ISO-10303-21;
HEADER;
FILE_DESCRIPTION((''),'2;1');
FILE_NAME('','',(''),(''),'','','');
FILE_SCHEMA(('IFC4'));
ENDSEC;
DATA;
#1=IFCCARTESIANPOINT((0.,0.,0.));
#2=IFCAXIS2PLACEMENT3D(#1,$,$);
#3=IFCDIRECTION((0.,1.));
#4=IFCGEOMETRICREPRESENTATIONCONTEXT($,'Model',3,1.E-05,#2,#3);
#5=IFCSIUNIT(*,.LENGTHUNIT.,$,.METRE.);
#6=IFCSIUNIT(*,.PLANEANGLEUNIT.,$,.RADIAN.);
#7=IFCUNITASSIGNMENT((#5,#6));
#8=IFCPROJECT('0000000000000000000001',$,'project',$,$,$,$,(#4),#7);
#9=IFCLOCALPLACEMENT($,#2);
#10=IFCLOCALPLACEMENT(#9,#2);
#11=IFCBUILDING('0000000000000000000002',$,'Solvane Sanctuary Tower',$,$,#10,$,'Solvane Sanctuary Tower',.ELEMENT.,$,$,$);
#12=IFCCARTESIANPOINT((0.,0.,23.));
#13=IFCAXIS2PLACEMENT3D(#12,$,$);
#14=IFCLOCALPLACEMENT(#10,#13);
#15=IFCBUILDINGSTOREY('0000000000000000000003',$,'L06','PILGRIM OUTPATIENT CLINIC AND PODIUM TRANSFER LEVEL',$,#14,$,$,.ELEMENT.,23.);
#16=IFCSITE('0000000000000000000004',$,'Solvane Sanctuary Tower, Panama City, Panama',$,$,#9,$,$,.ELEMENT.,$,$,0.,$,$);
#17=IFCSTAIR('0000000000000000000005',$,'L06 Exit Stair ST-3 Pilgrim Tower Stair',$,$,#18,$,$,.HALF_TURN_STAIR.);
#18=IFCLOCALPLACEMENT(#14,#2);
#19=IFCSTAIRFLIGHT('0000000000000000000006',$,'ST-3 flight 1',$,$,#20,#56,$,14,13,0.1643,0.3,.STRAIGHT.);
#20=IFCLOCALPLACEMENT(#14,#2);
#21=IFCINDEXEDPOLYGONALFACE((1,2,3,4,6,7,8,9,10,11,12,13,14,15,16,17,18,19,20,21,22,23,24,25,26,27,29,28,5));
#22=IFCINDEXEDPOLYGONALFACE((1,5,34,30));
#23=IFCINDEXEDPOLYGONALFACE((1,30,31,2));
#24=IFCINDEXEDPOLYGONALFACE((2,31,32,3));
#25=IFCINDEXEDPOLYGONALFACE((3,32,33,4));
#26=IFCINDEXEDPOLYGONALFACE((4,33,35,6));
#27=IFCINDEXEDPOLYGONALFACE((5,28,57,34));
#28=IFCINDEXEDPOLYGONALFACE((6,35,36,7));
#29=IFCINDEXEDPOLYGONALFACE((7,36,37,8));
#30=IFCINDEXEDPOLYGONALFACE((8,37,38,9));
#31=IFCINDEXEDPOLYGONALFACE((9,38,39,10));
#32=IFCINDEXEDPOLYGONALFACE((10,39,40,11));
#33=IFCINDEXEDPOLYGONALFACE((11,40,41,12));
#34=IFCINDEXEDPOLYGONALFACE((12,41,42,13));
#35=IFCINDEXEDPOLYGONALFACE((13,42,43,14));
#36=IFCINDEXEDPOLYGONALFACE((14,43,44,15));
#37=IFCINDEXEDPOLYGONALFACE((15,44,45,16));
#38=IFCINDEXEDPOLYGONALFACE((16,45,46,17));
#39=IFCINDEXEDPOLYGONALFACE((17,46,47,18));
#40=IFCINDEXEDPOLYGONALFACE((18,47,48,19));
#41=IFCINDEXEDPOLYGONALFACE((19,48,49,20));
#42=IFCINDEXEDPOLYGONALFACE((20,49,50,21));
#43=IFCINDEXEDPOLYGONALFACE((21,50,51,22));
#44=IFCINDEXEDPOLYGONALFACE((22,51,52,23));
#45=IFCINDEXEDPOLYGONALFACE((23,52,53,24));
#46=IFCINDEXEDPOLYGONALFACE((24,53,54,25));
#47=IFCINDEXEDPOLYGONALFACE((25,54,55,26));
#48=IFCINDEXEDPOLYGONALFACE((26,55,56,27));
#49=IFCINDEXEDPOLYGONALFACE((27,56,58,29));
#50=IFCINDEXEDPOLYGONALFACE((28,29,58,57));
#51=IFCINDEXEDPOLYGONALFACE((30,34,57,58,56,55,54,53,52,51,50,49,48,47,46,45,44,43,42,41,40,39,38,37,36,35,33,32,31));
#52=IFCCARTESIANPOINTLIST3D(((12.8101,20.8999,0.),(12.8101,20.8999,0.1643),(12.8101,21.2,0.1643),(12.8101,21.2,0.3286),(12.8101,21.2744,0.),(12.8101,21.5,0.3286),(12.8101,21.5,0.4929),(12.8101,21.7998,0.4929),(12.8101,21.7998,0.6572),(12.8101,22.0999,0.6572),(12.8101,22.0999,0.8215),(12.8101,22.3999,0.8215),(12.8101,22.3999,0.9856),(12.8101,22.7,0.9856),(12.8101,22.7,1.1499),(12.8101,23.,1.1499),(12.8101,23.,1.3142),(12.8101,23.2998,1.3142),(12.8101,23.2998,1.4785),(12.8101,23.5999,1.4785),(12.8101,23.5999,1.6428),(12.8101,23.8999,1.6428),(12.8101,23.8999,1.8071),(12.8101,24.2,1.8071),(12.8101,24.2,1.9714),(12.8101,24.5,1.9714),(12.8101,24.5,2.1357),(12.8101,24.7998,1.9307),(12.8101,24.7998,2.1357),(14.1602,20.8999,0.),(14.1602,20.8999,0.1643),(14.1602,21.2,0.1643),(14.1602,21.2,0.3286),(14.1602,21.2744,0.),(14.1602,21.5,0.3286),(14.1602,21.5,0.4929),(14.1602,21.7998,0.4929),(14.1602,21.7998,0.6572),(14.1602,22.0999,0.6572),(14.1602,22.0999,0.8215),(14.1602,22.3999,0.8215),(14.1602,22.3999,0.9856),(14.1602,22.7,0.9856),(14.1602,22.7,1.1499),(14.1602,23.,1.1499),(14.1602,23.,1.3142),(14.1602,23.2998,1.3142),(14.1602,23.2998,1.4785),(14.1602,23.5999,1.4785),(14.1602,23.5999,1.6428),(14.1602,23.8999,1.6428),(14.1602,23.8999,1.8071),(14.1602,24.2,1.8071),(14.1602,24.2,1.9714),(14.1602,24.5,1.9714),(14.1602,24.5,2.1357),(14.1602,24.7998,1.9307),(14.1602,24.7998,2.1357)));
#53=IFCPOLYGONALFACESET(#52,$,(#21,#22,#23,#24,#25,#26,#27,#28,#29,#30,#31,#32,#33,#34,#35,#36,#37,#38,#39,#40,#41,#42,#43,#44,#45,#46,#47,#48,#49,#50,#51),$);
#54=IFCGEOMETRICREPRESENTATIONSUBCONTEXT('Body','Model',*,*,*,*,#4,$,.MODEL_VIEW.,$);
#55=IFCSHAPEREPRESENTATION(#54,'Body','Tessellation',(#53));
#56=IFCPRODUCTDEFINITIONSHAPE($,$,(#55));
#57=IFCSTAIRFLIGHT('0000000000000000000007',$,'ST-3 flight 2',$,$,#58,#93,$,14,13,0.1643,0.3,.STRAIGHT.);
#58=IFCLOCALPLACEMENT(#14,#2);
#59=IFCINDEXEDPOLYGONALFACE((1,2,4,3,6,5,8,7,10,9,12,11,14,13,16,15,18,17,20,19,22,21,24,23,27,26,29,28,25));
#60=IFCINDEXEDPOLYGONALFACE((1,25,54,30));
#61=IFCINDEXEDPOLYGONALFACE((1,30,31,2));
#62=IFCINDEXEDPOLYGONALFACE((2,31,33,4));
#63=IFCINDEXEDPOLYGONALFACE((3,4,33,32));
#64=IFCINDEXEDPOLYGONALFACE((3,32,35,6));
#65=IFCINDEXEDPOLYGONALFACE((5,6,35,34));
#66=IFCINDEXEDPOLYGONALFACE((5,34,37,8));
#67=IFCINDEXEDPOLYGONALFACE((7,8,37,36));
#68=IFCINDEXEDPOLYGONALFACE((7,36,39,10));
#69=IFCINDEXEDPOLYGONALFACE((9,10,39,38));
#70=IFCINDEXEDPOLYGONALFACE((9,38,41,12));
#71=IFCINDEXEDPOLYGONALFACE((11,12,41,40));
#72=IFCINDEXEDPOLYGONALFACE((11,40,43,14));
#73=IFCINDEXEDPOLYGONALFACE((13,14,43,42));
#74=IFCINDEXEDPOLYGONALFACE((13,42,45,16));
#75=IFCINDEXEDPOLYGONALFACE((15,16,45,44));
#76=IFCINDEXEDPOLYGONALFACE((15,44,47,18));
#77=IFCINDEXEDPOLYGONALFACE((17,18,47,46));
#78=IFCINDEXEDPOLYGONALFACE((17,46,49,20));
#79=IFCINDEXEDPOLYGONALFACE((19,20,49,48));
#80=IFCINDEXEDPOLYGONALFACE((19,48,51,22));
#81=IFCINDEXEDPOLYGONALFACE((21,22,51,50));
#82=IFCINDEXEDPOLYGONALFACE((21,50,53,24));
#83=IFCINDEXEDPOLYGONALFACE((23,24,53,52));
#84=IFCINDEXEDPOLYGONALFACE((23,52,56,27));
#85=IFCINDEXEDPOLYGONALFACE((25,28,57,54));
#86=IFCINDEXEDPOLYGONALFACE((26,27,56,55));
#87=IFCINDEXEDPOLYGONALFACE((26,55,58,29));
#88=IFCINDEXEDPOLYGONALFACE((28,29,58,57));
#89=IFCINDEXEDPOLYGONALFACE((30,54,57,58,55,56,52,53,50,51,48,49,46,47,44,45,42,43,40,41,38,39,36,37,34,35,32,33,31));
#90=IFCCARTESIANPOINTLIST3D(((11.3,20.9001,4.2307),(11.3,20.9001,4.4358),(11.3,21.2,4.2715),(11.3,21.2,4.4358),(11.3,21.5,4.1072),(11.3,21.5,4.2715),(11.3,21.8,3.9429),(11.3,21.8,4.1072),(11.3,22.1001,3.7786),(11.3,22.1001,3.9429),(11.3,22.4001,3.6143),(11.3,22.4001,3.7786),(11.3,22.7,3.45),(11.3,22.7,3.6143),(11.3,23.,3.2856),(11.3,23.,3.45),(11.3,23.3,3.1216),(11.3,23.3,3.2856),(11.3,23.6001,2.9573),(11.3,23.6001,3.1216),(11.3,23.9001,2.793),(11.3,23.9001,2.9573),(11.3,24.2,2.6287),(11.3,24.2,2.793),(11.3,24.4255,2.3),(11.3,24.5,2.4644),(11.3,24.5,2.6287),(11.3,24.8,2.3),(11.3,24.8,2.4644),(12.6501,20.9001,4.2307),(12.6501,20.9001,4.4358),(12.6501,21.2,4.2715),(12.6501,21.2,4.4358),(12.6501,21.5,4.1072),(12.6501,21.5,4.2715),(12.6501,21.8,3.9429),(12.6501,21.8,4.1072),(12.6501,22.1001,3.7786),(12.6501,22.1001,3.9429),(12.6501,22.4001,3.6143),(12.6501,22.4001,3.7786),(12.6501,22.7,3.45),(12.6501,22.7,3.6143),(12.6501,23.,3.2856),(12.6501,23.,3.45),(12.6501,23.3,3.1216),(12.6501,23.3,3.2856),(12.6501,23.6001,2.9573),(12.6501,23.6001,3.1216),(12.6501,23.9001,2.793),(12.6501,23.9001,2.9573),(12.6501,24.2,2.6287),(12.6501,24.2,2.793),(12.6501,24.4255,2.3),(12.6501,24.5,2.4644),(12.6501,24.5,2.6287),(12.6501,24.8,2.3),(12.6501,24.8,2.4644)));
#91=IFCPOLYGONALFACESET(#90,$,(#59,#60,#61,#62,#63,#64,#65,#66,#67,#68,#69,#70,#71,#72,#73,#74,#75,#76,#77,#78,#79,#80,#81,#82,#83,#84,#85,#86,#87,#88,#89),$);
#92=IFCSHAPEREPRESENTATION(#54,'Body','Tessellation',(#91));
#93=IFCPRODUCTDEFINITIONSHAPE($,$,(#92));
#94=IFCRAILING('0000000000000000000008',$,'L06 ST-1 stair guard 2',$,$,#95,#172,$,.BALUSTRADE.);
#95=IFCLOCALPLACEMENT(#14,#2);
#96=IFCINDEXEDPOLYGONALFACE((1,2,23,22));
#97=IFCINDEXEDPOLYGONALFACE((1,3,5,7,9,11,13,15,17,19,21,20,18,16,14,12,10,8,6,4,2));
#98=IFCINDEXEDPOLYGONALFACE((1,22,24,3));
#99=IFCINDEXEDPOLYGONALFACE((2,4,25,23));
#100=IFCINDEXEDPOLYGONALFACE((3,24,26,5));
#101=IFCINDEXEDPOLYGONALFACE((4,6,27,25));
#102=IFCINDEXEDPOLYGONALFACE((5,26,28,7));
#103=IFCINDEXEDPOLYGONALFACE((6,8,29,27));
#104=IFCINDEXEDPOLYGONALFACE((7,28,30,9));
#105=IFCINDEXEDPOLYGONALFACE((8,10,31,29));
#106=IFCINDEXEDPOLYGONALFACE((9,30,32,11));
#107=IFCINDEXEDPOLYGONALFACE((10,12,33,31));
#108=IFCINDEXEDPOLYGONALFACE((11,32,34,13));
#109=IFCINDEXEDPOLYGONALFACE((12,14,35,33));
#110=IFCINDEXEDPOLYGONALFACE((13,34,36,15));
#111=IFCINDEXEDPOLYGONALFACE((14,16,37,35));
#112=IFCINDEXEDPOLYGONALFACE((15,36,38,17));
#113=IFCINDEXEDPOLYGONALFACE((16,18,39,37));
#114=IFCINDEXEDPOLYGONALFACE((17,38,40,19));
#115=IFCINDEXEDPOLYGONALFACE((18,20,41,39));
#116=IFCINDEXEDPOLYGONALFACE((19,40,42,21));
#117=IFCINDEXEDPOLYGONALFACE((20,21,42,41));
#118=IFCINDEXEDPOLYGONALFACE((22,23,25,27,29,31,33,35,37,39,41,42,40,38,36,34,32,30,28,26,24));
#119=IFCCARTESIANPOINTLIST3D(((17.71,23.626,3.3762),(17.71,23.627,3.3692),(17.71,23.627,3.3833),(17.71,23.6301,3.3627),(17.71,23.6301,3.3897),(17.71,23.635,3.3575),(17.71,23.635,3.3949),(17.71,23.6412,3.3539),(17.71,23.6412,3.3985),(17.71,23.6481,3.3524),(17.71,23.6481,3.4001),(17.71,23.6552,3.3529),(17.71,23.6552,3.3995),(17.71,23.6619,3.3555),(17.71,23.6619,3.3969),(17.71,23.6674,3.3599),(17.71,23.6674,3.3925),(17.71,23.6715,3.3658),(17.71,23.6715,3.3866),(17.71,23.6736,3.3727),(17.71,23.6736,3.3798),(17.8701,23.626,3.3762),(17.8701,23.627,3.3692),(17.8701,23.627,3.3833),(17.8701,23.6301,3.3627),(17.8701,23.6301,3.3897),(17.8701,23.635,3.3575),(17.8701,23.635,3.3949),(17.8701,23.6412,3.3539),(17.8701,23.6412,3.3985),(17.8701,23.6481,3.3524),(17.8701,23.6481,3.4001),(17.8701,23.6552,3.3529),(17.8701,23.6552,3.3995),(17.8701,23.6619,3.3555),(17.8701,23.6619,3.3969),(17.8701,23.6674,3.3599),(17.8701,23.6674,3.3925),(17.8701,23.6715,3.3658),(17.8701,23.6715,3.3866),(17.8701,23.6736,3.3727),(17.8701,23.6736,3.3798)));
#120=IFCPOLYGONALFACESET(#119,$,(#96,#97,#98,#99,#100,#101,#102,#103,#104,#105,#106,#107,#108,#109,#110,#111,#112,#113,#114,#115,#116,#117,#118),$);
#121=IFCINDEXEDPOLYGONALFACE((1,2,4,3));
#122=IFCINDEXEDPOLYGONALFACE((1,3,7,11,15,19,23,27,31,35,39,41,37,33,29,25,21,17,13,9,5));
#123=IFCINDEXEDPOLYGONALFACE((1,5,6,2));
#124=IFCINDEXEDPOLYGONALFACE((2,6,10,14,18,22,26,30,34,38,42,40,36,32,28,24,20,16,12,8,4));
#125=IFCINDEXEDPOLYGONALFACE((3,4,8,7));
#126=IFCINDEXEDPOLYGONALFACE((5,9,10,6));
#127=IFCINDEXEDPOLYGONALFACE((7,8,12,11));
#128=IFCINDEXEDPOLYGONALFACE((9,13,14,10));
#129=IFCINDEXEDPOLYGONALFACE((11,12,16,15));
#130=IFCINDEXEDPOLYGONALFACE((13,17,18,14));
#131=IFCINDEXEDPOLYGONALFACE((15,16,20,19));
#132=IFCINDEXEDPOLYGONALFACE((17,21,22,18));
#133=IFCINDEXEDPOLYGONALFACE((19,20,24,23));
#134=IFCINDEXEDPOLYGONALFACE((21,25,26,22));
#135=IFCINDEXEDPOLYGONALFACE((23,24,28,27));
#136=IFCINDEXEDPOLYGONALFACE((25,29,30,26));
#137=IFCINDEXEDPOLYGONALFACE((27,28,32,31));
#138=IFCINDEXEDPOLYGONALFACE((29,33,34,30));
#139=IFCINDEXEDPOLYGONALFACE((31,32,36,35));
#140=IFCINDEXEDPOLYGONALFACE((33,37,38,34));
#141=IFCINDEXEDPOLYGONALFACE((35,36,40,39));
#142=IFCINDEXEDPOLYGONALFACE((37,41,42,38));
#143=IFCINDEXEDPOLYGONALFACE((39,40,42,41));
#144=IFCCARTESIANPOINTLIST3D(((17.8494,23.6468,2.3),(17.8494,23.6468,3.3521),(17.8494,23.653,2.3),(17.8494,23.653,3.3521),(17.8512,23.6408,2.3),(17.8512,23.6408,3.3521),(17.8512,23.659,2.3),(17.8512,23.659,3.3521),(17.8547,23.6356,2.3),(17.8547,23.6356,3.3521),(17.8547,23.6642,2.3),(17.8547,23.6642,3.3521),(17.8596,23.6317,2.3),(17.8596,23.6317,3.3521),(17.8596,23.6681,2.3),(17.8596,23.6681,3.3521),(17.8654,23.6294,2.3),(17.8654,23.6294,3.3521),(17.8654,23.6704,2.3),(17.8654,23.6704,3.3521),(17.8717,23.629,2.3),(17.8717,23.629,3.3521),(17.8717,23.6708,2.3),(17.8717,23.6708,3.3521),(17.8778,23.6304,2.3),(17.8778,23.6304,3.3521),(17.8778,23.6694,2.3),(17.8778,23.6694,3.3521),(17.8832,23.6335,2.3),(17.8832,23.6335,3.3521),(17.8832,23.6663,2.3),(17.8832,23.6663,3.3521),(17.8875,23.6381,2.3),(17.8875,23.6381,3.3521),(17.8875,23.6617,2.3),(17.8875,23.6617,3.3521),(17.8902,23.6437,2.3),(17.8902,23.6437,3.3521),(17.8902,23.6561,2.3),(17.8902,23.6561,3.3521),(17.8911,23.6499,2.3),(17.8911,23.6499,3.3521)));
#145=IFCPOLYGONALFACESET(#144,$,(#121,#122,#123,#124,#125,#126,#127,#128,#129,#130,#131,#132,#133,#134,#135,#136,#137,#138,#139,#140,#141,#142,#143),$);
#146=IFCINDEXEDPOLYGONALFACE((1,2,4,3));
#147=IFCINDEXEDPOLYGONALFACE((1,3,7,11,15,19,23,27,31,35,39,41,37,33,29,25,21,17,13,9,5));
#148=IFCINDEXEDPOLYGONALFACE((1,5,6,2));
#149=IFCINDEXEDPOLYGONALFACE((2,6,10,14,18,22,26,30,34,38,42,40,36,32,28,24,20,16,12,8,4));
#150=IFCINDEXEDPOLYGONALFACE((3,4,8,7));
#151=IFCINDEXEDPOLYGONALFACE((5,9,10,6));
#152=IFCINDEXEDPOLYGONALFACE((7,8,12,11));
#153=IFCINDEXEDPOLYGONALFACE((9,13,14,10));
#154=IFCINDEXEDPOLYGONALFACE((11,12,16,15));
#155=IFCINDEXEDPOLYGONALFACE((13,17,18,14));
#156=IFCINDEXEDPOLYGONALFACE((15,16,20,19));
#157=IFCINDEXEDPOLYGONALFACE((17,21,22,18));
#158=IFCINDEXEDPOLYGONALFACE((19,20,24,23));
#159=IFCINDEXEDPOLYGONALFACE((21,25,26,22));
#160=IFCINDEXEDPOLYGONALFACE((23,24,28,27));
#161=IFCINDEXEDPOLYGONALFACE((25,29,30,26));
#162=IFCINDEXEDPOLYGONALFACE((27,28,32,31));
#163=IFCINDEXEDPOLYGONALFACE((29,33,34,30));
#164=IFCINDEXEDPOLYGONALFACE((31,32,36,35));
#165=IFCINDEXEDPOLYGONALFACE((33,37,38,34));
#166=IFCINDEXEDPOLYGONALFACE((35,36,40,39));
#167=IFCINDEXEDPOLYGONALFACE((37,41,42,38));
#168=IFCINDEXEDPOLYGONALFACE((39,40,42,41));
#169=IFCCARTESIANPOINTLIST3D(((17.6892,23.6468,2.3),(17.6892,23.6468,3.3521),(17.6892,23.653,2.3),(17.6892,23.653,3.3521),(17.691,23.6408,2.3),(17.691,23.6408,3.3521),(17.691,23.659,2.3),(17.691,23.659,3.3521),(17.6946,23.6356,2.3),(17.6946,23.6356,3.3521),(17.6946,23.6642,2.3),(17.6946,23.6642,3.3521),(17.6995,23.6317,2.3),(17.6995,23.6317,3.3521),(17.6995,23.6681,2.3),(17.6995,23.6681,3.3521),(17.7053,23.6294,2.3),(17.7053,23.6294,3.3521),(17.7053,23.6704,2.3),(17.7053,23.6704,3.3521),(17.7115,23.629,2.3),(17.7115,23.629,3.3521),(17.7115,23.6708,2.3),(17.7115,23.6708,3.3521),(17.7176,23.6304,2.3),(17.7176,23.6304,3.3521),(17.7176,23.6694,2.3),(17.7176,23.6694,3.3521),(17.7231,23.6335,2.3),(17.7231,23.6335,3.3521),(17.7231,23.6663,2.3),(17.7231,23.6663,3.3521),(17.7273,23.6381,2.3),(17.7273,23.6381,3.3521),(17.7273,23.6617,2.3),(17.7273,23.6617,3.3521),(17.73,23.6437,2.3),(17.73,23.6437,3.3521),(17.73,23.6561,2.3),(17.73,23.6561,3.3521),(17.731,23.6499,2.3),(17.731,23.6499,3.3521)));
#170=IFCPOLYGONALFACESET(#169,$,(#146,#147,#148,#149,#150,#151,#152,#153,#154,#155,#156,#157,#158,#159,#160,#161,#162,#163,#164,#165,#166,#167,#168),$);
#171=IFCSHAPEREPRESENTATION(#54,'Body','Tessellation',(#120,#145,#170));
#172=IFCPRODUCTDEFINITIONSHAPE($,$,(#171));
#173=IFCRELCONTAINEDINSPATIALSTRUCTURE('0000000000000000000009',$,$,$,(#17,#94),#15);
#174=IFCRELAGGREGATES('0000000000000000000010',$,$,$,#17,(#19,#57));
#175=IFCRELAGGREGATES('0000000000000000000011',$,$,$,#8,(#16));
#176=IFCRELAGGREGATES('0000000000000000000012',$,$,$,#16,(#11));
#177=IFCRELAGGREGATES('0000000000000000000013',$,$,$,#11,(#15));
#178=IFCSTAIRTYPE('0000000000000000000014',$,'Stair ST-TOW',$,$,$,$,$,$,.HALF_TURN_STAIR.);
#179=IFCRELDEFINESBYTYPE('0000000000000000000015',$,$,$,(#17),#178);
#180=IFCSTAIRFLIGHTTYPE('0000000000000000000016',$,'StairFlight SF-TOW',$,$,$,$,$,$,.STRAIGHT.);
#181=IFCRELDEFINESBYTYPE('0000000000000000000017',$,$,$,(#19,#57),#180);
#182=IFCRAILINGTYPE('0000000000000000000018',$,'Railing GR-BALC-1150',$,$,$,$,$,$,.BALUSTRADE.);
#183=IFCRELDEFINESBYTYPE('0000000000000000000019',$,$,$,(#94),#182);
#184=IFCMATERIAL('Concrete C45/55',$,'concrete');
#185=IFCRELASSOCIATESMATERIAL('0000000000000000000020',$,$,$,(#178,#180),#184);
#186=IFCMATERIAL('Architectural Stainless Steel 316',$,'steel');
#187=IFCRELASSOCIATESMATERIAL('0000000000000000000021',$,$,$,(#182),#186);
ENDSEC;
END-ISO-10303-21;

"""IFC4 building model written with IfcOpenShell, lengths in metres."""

from ifc_helpers import new_model, si_unit, direction, frame, origin, origin_2d, place, context, subcontext, project, spatial, polyline, circle, outline, extrude, material, type_object, element, aggregate, save


model = new_model("IFC4")

# Units and contexts
model_context = context("Model", 3, precision=1e-05, world=origin(), true_north=direction((0.0, 1.0)))
body_context = subcontext(model_context, "Body", "Model", "MODEL_VIEW")
ifc_project = project(units=[si_unit("LENGTHUNIT", "METRE"), si_unit("PLANEANGLEUNIT", "RADIAN")], contexts=[model_context])

# Site, building, storey
site_placement = place(None, origin())
site = spatial("IfcSite", under=ifc_project, at=site_placement, Name="Solvane Sanctuary Tower, Panama City, Panama", CompositionType="ELEMENT", RefElevation=0.0)
building_placement = place(site_placement, origin())
building = spatial("IfcBuilding", under=site, at=building_placement, Name="Solvane Sanctuary Tower", LongName="Solvane Sanctuary Tower", CompositionType="ELEMENT")
storey_placement = place(building_placement, frame((0.0, 0.0, 23.0)))
storey = spatial("IfcBuildingStorey", under=building, at=storey_placement, Name="L06", Description="PILGRIM OUTPATIENT CLINIC AND PODIUM TRANSFER LEVEL", CompositionType="ELEMENT", Elevation=23.0)

# Shared definitions
ifc_material_1 = material(Name="Concrete C45/55", Category="concrete")
stair_type = type_object("IfcStairType", Name="Stair ST-TOW", PredefinedType="HALF_TURN_STAIR", material=ifc_material_1)
stair_flight_type = type_object("IfcStairFlightType", Name="StairFlight SF-TOW", PredefinedType="STRAIGHT", material=ifc_material_1)

# Stair, stair flights
stair_1_placement = place(storey_placement, origin())
stair_1 = element("IfcStair", 1, at=stair_1_placement, inside=storey, type_object=stair_type, Name="L06 Exit Stair ST-3 Pilgrim Tower Stair", PredefinedType="HALF_TURN_STAIR")
stair_flight_1_placement = place(storey_placement, frame((13.4851, 20.8999, 0.0), z_axis=(0.0, 0.0, 1.0), x_axis=(0.0, 1.0, 0.0)))
stair_flight_1 = element("IfcStairFlight", 2, at=stair_flight_1_placement, type_object=stair_flight_type, Name="ST-3 flight 1", NumberOfRisers=14, NumberOfTreads=13, PredefinedType="STRAIGHT", RiserHeight=0.1643, TreadLength=0.3, context=body_context, shape_type="SweptSolid", body=[
    extrude(outline(polyline([(0.0, 0.0), (0.0, 0.1643), (0.3, 0.1643), (0.3, 0.3286), (0.6001, 0.3286), (0.6001, 0.4929), (0.8999, 0.4929), (0.8999, 0.6572), (1.2, 0.6572), (1.2, 0.8215), (1.5, 0.8215), (1.5, 0.9856), (1.8, 0.9856), (1.8, 1.1499), (2.1001, 1.1499), (2.1001, 1.3142), (2.3999, 1.3142), (2.3999, 1.4785), (2.7, 1.4785), (2.7, 1.6428), (3.0, 1.6428), (3.0, 1.8071), (3.3, 1.8071), (3.3, 1.9714), (3.6001, 1.9714), (3.6001, 2.1357), (3.8999, 2.1357), (3.8999, 2.3), (3.8999, 1.9307), (0.3745, 0.0), (0.0, 0.0)])), frame((0.0, 0.675, 0.0), z_axis=(0.0, -1.0, 0.0), x_axis=(1.0, 0.0, 0.0)), (0.0, 0.0, 1.0), 1.3501),
])
stair_flight_2_placement = place(storey_placement, frame((11.9751, 24.8, 2.3), z_axis=(0.0, 0.0, 1.0), x_axis=(0.0, -1.0, 0.0)))
stair_flight_2 = element("IfcStairFlight", 3, at=stair_flight_2_placement, type_object=stair_flight_type, Name="ST-3 flight 2", NumberOfRisers=14, NumberOfTreads=13, PredefinedType="STRAIGHT", RiserHeight=0.1643, TreadLength=0.3, context=body_context, shape_type="SweptSolid", body=[
    extrude(outline(polyline([(0.0, 0.0), (0.0, 0.1643), (0.3, 0.1643), (0.3, 0.3286), (0.6001, 0.3286), (0.6001, 0.4929), (0.8999, 0.4929), (0.8999, 0.6572), (1.2, 0.6572), (1.2, 0.8215), (1.5, 0.8215), (1.5, 0.9856), (1.8, 0.9856), (1.8, 1.1499), (2.1001, 1.1499), (2.1001, 1.3142), (2.3999, 1.3142), (2.3999, 1.4785), (2.7, 1.4785), (2.7, 1.6428), (3.0, 1.6428), (3.0, 1.8071), (3.3, 1.8071), (3.3, 1.9714), (3.6001, 1.9714), (3.6001, 2.1357), (3.8999, 2.1357), (3.8999, 2.3), (3.8999, 1.9307), (0.3745, 0.0), (0.0, 0.0)])), frame((0.0, 0.675, 0.0), z_axis=(0.0, -1.0, 0.0), x_axis=(1.0, 0.0, 0.0)), (0.0, 0.0, 1.0), 1.3501),
])
aggregate(stair_1, [stair_flight_1, stair_flight_2])

# Railing
ifc_material_2 = material(Name="Architectural Stainless Steel 316", Category="steel")
railing_type_1 = type_object("IfcRailingType", Name="Railing GR-BALC-1150", PredefinedType="BALUSTRADE", material=ifc_material_2)
railing_1_placement = place(storey_placement, frame((17.8701, 23.6499, 2.3)))
element("IfcRailing", 4, at=railing_1_placement, inside=storey, type_object=railing_type_1, Name="L06 ST-1 stair guard 2", PredefinedType="BALUSTRADE", context=body_context, shape_type="SweptSolid", body=[
    extrude(circle(Radius=0.0239, at=origin_2d()), frame((0.0, 0.0, 1.0762), z_axis=(-1.0, 0.0, 0.0), x_axis=(0.0, -1.0, 0.0)), (0.0, 0.0, 1.0), 0.1602),
    extrude(circle(Radius=0.021, at=origin_2d()), origin(), (0.0, 0.0, 1.0), 1.052),
    extrude(circle(Radius=0.021, at=origin_2d()), frame((-0.1602, 0.0, 0.0)), (0.0, 0.0, 1.0), 1.052),
])

save(model, "model.ifc")
